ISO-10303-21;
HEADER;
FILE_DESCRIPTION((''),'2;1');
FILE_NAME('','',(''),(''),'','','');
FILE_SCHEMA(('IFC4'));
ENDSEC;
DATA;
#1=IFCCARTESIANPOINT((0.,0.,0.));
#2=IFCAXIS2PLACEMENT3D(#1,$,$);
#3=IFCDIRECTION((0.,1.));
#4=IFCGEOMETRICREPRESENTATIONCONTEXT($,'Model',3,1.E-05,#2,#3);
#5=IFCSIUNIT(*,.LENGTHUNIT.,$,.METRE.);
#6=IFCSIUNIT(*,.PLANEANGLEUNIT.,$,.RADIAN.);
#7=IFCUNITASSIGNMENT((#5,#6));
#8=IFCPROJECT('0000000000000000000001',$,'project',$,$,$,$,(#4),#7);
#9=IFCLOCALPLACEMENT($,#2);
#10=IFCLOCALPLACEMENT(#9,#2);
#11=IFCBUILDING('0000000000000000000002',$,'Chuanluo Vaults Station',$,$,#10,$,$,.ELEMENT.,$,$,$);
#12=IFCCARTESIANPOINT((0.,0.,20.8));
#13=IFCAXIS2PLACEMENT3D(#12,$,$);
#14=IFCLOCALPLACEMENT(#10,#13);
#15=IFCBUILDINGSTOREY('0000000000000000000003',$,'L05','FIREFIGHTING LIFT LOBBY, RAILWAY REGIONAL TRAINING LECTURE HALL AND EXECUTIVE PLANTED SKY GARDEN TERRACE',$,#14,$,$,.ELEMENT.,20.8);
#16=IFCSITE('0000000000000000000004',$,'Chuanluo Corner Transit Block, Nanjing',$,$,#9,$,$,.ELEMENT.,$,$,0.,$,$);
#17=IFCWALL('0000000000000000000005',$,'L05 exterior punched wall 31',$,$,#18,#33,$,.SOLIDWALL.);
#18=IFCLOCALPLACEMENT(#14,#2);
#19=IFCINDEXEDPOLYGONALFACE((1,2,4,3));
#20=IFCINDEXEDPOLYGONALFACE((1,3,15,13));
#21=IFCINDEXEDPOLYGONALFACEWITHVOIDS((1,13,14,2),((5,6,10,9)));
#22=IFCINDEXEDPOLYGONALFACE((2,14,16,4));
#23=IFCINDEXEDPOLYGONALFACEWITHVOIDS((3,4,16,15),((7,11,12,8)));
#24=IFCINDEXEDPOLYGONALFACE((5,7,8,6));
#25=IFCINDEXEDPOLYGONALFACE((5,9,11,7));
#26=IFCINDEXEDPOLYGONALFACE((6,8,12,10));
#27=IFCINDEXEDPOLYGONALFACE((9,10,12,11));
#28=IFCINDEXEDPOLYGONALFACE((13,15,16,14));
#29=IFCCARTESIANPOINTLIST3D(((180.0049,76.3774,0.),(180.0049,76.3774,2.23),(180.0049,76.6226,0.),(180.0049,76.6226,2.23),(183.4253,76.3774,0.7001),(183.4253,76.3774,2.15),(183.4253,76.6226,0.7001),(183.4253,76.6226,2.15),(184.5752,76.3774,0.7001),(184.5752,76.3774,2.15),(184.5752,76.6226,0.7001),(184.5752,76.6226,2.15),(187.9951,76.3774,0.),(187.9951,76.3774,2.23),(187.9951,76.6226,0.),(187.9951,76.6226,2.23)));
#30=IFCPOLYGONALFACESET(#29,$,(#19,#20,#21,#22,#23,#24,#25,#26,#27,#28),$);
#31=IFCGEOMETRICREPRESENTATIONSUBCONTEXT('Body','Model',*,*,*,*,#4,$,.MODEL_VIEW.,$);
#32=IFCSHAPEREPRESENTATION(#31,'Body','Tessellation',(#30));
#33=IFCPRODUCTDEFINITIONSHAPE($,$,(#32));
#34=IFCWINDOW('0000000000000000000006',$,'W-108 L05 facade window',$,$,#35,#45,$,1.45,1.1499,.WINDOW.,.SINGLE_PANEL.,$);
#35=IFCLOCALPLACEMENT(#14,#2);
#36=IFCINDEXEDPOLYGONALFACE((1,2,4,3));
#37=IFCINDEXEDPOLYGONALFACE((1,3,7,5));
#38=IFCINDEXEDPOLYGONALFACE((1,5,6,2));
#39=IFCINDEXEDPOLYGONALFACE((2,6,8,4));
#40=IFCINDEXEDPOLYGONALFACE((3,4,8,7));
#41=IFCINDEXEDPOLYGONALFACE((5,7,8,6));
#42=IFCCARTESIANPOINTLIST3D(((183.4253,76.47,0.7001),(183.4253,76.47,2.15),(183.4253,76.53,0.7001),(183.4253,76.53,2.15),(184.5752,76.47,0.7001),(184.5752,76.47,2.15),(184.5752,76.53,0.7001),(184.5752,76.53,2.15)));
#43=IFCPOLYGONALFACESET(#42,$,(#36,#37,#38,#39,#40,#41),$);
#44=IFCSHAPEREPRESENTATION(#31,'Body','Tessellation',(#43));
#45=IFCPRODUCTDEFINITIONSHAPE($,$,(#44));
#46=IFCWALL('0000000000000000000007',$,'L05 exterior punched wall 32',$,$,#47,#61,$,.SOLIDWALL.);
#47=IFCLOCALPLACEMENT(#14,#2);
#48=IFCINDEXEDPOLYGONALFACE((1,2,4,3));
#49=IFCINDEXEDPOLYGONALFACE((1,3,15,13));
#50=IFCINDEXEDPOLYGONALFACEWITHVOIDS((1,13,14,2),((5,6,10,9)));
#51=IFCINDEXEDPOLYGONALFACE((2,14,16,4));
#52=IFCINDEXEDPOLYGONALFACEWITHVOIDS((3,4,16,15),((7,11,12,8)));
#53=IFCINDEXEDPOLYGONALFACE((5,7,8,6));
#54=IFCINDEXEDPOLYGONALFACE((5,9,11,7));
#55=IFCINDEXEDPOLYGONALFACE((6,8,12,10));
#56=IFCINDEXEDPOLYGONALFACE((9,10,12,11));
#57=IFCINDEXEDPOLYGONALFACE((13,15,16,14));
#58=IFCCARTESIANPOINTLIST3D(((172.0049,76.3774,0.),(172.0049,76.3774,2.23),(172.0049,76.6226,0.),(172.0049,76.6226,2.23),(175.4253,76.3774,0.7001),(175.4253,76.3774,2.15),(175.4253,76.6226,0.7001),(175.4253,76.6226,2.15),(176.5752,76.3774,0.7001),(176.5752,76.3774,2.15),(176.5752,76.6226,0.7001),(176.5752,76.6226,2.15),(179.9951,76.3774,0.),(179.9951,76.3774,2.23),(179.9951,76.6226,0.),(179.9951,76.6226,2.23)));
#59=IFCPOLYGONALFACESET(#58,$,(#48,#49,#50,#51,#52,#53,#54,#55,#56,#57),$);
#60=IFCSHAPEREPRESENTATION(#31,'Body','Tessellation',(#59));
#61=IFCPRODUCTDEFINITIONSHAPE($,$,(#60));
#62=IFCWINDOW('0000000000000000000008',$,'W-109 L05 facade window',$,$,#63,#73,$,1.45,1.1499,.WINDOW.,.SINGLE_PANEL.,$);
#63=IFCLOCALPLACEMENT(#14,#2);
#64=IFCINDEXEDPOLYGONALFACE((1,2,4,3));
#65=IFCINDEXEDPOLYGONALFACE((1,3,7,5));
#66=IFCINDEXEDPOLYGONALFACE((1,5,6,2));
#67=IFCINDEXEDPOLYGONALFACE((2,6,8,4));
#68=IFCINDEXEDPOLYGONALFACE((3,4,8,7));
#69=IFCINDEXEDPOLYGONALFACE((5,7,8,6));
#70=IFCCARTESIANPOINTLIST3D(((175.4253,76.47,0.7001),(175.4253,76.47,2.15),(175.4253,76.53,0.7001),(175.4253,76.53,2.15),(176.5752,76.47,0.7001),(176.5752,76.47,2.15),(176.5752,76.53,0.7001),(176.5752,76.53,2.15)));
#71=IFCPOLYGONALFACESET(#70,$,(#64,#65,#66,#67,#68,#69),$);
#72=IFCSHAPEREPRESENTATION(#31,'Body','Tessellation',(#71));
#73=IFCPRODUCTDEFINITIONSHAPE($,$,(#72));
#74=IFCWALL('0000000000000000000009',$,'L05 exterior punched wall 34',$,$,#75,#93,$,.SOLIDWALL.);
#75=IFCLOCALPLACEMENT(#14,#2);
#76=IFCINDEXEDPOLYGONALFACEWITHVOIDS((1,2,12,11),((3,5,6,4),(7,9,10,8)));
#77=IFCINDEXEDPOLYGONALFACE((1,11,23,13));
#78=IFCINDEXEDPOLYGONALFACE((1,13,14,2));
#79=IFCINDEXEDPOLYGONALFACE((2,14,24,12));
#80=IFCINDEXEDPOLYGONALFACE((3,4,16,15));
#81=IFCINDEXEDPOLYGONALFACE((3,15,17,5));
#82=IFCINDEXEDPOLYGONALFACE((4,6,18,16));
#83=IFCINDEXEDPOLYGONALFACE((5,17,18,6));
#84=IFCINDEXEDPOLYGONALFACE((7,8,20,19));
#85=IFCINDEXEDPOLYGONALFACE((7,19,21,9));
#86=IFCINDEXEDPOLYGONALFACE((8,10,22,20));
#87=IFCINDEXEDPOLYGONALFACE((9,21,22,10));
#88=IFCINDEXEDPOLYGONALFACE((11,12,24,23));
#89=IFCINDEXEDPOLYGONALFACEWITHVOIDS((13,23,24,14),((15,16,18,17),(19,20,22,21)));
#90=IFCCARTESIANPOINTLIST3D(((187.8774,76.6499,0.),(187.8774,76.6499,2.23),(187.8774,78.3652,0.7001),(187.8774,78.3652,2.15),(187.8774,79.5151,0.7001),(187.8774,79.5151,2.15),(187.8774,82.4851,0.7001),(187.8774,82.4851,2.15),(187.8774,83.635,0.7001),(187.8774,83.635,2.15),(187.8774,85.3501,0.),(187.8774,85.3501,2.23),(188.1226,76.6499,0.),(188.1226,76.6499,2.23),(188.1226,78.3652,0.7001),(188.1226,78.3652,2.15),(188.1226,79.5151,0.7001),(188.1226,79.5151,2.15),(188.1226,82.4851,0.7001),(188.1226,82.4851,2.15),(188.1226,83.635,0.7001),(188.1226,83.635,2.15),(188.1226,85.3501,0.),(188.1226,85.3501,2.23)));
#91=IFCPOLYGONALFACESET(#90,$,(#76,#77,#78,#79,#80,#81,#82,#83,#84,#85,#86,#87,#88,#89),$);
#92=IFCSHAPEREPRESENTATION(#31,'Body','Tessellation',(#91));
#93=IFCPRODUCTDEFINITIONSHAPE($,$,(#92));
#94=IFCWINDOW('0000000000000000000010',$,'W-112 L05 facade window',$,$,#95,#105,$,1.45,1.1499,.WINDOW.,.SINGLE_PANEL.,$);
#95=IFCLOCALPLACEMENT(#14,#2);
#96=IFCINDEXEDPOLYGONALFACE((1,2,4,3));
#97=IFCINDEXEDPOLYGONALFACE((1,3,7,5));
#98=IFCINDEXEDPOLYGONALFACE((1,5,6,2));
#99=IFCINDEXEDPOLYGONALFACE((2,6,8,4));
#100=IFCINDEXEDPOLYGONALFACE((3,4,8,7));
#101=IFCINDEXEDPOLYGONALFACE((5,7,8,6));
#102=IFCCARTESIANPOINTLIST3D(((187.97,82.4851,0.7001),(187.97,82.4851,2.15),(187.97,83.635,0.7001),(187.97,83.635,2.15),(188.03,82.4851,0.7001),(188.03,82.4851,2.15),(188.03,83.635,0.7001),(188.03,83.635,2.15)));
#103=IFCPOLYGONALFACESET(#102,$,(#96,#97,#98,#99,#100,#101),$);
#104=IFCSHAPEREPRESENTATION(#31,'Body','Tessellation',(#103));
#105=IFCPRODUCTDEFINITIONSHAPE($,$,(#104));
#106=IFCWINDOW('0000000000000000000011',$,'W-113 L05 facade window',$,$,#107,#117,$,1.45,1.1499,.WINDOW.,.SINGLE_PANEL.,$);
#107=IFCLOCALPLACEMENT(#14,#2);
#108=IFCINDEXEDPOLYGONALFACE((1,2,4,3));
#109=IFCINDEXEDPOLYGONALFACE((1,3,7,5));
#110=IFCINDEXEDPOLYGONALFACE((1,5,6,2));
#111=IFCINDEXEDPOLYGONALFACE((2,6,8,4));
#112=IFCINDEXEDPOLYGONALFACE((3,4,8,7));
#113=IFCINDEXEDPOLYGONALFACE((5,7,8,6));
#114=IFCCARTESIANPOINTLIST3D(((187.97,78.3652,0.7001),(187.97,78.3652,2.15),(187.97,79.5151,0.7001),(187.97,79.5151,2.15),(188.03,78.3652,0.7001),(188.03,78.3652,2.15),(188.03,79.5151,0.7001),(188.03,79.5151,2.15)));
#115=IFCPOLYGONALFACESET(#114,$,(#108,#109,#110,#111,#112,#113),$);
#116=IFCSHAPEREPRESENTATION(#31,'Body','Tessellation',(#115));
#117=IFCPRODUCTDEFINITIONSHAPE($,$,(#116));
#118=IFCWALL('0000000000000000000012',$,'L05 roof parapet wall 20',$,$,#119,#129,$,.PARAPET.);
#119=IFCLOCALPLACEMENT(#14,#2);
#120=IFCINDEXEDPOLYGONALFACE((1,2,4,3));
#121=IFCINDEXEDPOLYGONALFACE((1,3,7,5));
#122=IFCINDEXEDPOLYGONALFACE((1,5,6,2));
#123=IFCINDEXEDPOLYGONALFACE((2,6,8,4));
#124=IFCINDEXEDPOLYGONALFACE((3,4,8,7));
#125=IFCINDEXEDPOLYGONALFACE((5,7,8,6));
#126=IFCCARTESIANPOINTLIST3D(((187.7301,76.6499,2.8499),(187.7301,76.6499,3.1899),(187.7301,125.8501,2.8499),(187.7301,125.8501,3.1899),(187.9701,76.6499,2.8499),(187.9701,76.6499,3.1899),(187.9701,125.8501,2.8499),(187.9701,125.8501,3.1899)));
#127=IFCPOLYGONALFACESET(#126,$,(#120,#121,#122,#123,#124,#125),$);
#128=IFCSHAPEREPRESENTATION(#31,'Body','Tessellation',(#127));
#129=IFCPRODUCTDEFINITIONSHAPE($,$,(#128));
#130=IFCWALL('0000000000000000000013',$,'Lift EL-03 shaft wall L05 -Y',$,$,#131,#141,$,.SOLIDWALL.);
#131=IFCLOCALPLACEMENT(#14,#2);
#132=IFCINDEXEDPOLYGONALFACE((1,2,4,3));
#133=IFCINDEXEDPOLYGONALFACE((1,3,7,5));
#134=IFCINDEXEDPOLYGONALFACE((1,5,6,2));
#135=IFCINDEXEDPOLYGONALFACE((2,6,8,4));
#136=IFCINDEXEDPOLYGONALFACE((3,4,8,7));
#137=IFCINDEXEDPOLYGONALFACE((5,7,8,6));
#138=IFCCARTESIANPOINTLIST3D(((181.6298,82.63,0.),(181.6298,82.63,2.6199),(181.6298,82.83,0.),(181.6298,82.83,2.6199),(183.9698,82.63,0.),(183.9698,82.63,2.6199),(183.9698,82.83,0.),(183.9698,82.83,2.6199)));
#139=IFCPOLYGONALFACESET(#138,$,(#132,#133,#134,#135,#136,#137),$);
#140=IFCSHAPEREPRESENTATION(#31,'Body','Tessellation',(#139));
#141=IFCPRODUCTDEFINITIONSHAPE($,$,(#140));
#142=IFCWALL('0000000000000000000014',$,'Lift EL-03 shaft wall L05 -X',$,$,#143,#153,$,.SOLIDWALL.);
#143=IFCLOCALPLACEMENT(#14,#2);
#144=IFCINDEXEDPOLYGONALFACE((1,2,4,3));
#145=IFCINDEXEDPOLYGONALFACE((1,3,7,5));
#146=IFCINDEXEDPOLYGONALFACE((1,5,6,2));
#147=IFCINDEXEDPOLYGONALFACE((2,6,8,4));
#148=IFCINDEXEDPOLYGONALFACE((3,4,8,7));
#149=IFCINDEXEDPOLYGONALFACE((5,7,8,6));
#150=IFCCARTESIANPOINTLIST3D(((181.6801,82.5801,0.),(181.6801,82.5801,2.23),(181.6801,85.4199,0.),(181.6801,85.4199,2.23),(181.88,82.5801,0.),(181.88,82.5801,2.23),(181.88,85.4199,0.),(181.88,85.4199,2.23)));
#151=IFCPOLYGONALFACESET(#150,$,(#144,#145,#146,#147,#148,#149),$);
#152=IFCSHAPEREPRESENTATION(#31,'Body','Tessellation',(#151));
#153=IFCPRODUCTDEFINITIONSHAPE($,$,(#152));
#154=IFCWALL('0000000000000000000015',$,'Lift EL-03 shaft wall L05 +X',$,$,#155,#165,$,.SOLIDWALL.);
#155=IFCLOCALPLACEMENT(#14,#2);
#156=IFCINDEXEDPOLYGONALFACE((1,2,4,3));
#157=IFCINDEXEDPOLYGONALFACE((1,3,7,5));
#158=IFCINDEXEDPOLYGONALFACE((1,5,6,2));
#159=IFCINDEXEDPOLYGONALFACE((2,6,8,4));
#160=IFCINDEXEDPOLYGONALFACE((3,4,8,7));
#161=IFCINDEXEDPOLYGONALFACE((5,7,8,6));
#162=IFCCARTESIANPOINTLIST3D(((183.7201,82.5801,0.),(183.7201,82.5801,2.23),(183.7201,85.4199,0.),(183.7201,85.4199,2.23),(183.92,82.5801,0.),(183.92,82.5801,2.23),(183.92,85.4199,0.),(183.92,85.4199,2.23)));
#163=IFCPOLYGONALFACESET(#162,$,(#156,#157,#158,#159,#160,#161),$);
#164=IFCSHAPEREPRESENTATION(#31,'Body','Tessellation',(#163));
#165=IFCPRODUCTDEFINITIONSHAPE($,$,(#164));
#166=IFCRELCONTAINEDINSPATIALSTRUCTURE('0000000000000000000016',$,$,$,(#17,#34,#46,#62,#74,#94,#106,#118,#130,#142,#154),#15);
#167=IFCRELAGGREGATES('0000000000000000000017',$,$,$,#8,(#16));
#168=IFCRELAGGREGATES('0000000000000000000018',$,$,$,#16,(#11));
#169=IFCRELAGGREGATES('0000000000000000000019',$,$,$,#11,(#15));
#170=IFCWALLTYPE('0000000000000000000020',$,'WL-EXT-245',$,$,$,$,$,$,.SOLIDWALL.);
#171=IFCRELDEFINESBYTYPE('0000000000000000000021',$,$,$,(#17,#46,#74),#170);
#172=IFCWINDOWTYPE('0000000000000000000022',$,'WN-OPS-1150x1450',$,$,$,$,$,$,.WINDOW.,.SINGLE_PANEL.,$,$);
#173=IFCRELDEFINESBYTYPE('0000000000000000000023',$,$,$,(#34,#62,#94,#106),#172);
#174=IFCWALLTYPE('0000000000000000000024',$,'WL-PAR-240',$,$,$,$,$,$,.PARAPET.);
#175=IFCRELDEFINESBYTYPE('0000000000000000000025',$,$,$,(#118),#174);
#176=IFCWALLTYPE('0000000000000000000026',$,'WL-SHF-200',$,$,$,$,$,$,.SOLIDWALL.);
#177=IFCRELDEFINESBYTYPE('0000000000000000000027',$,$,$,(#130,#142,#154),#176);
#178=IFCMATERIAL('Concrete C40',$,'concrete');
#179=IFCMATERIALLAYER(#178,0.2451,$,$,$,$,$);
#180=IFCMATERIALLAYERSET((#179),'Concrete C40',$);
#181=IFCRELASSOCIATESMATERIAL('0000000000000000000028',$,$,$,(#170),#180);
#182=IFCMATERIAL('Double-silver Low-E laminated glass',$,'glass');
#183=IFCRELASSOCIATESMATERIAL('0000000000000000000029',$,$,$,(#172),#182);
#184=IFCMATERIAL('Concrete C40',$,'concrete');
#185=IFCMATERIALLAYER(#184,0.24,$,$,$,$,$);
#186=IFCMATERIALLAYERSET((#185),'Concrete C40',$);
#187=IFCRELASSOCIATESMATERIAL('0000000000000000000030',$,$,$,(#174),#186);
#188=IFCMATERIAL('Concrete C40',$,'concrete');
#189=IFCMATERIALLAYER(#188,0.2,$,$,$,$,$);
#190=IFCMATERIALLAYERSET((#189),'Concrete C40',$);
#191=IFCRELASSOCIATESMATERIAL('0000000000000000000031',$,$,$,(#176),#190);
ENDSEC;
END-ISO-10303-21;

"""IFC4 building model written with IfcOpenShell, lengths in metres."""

from ifc_helpers import new_model, si_unit, direction, frame, frame_2d, origin, place, context, subcontext, project, spatial, rectangle, extrude, material, layer, layer_set, type_object, element, fill, save


model = new_model("IFC4")

# Units and contexts
model_context = context("Model", 3, precision=1e-05, world=origin(), true_north=direction((0.0, 1.0)))
body_context = subcontext(model_context, "Body", "Model", "MODEL_VIEW")
ifc_project = project(units=[si_unit("LENGTHUNIT", "METRE"), si_unit("PLANEANGLEUNIT", "RADIAN")], contexts=[model_context])

# Site, building, storey
site_placement = place(None, origin())
site = spatial("IfcSite", under=ifc_project, at=site_placement, Name="Chuanluo Corner Transit Block, Nanjing", CompositionType="ELEMENT", RefElevation=0.0)
building_placement = place(site_placement, origin())
building = spatial("IfcBuilding", under=site, at=building_placement, Name="Chuanluo Vaults Station", CompositionType="ELEMENT")
storey_placement = place(building_placement, frame((0.0, 0.0, 20.8)))
storey = spatial("IfcBuildingStorey", under=building, at=storey_placement, Name="L05", Description="FIREFIGHTING LIFT LOBBY, RAILWAY REGIONAL TRAINING LECTURE HALL AND EXECUTIVE PLANTED SKY GARDEN TERRACE", CompositionType="ELEMENT", Elevation=20.8)

# Walls, openings, windows
ifc_material_1 = material(Name="Concrete C40", Category="concrete")
ifc_layer_1 = layer(ifc_material_1, 0.2451)
ifc_layer_set_1 = layer_set([ifc_layer_1], Name="Concrete C40")
wall_type_1 = type_object("IfcWallType", Name="WL-EXT-245", PredefinedType="SOLIDWALL", material=ifc_layer_set_1)
wall_1_placement = place(storey_placement, frame((187.9951, 76.5, 0.0), z_axis=(0.0, 0.0, 1.0), x_axis=(-1.0, 0.0, 0.0)))
wall_1 = element("IfcWall", 1, at=wall_1_placement, inside=storey, type_object=wall_type_1, Name="L05 exterior punched wall 31", PredefinedType="SOLIDWALL", context=body_context, shape_type="SweptSolid", body=[
    extrude(rectangle(XDim=7.9902, YDim=0.2451, at=frame_2d((3.9951, 0.0))), origin(), (0.0, 0.0, 1.0), 2.23),
])
opening_1_placement = place(wall_1_placement, frame((3.4199, 0.0, 0.7)))
opening_1 = element("IfcOpeningElement", 2, at=opening_1_placement, cuts=wall_1, PredefinedType="OPENING", context=body_context, shape_type="SweptSolid", body=[
    extrude(rectangle(XDim=1.1499, YDim=1.45, at=frame_2d((0.575, 0.7251))), frame((0.0, 0.1326, 0.0), z_axis=(0.0, -1.0, 0.0), x_axis=(1.0, 0.0, 0.0)), (0.0, 0.0, 1.0), 0.2651),
])
ifc_material_2 = material(Name="Double-silver Low-E laminated glass", Category="glass")
window_type = type_object("IfcWindowType", Name="WN-OPS-1150x1450", PartitioningType="SINGLE_PANEL", PredefinedType="WINDOW", material=ifc_material_2)
window_1_placement = place(opening_1_placement, origin())
window_1 = element("IfcWindow", 3, at=window_1_placement, inside=storey, type_object=window_type, Name="W-108 L05 facade window", OverallHeight=1.45, OverallWidth=1.1499, PartitioningType="SINGLE_PANEL", PredefinedType="WINDOW", context=body_context, shape_type="SweptSolid", body=[
    extrude(rectangle(XDim=1.1499, YDim=1.45, at=frame_2d((0.575, 0.7251))), frame((0.0, 0.03, 0.0), z_axis=(0.0, -1.0, 0.0), x_axis=(1.0, 0.0, 0.0)), (0.0, 0.0, 1.0), 0.0601),
])
fill(opening_1, window_1)
wall_2_placement = place(storey_placement, frame((179.9951, 76.5, 0.0), z_axis=(0.0, 0.0, 1.0), x_axis=(-1.0, 0.0, 0.0)))
wall_2 = element("IfcWall", 4, at=wall_2_placement, inside=storey, type_object=wall_type_1, Name="L05 exterior punched wall 32", PredefinedType="SOLIDWALL", context=body_context, shape_type="SweptSolid", body=[
    extrude(rectangle(XDim=7.9902, YDim=0.2451, at=frame_2d((3.9951, 0.0))), origin(), (0.0, 0.0, 1.0), 2.23),
])
opening_2_placement = place(wall_2_placement, frame((3.4199, 0.0, 0.7)))
opening_2 = element("IfcOpeningElement", 5, at=opening_2_placement, cuts=wall_2, PredefinedType="OPENING", context=body_context, shape_type="SweptSolid", body=[
    extrude(rectangle(XDim=1.1499, YDim=1.45, at=frame_2d((0.575, 0.7251))), frame((0.0, 0.1326, 0.0), z_axis=(0.0, -1.0, 0.0), x_axis=(1.0, 0.0, 0.0)), (0.0, 0.0, 1.0), 0.2651),
])
window_2_placement = place(opening_2_placement, origin())
window_2 = element("IfcWindow", 6, at=window_2_placement, inside=storey, type_object=window_type, Name="W-109 L05 facade window", OverallHeight=1.45, OverallWidth=1.1499, PartitioningType="SINGLE_PANEL", PredefinedType="WINDOW", context=body_context, shape_type="SweptSolid", body=[
    extrude(rectangle(XDim=1.1499, YDim=1.45, at=frame_2d((0.575, 0.7251))), frame((0.0, 0.03, 0.0), z_axis=(0.0, -1.0, 0.0), x_axis=(1.0, 0.0, 0.0)), (0.0, 0.0, 1.0), 0.0601),
])
fill(opening_2, window_2)

# Wall, openings, windows
wall_3_placement = place(storey_placement, frame((188.0, 85.3501, 0.0), z_axis=(0.0, 0.0, 1.0), x_axis=(0.0, -1.0, 0.0)))
wall_3 = element("IfcWall", 7, at=wall_3_placement, inside=storey, type_object=wall_type_1, Name="L05 exterior punched wall 34", PredefinedType="SOLIDWALL", context=body_context, shape_type="SweptSolid", body=[
    extrude(rectangle(XDim=8.7002, YDim=0.2451, at=frame_2d((4.3501, 0.0))), origin(), (0.0, 0.0, 1.0), 2.23),
])
opening_3_placement = place(wall_3_placement, frame((1.7151, 0.0, 0.7)))
opening_3 = element("IfcOpeningElement", 8, at=opening_3_placement, cuts=wall_3, PredefinedType="OPENING", context=body_context, shape_type="SweptSolid", body=[
    extrude(rectangle(XDim=1.1499, YDim=1.45, at=frame_2d((0.575, 0.7251))), frame((0.0, 0.1326, 0.0), z_axis=(0.0, -1.0, 0.0), x_axis=(1.0, 0.0, 0.0)), (0.0, 0.0, 1.0), 0.2651),
])
opening_4_placement = place(wall_3_placement, frame((5.835, 0.0, 0.7)))
opening_4 = element("IfcOpeningElement", 9, at=opening_4_placement, cuts=wall_3, PredefinedType="OPENING", context=body_context, shape_type="SweptSolid", body=[
    extrude(rectangle(XDim=1.1499, YDim=1.45, at=frame_2d((0.575, 0.7251))), frame((0.0, 0.1326, 0.0), z_axis=(0.0, -1.0, 0.0), x_axis=(1.0, 0.0, 0.0)), (0.0, 0.0, 1.0), 0.2651),
])
window_3_placement = place(opening_3_placement, origin())
window_3 = element("IfcWindow", 10, at=window_3_placement, inside=storey, type_object=window_type, Name="W-112 L05 facade window", OverallHeight=1.45, OverallWidth=1.1499, PartitioningType="SINGLE_PANEL", PredefinedType="WINDOW", context=body_context, shape_type="SweptSolid", body=[
    extrude(rectangle(XDim=1.1499, YDim=1.45, at=frame_2d((0.575, 0.7251))), frame((0.0, 0.03, 0.0), z_axis=(0.0, -1.0, 0.0), x_axis=(1.0, 0.0, 0.0)), (0.0, 0.0, 1.0), 0.0601),
])
fill(opening_3, window_3)
window_4_placement = place(opening_4_placement, origin())
window_4 = element("IfcWindow", 11, at=window_4_placement, inside=storey, type_object=window_type, Name="W-113 L05 facade window", OverallHeight=1.45, OverallWidth=1.1499, PartitioningType="SINGLE_PANEL", PredefinedType="WINDOW", context=body_context, shape_type="SweptSolid", body=[
    extrude(rectangle(XDim=1.1499, YDim=1.45, at=frame_2d((0.575, 0.7251))), frame((0.0, 0.03, 0.0), z_axis=(0.0, -1.0, 0.0), x_axis=(1.0, 0.0, 0.0)), (0.0, 0.0, 1.0), 0.0601),
])
fill(opening_4, window_4)

# Walls
ifc_material_3 = material(Name="Concrete C40", Category="concrete")
ifc_layer_2 = layer(ifc_material_3, 0.24)
ifc_layer_set_2 = layer_set([ifc_layer_2], Name="Concrete C40")
wall_type_2 = type_object("IfcWallType", Name="WL-PAR-240", PredefinedType="PARAPET", material=ifc_layer_set_2)
wall_4_placement = place(storey_placement, frame((187.8501, 76.6499, 2.8499), z_axis=(0.0, 0.0, 1.0), x_axis=(0.0, 1.0, 0.0)))
element("IfcWall", 12, at=wall_4_placement, inside=storey, type_object=wall_type_2, Name="L05 roof parapet wall 20", PredefinedType="PARAPET", context=body_context, shape_type="SweptSolid", body=[
    extrude(rectangle(XDim=49.2002, YDim=0.24, at=frame_2d((24.6001, 0.0))), origin(), (0.0, 0.0, 1.0), 0.3401),
])
ifc_material_4 = material(Name="Concrete C40", Category="concrete")
ifc_layer_3 = layer(ifc_material_4, 0.2)
ifc_layer_set_3 = layer_set([ifc_layer_3], Name="Concrete C40")
wall_type_3 = type_object("IfcWallType", Name="WL-SHF-200", PredefinedType="SOLIDWALL", material=ifc_layer_set_3)
wall_5_placement = place(storey_placement, frame((181.6299, 82.73, 0.0), z_axis=(0.0, 0.0, 1.0), x_axis=(1.0, 0.0, 0.0)))
element("IfcWall", 13, at=wall_5_placement, inside=storey, type_object=wall_type_3, Name="Lift EL-03 shaft wall L05 -Y", PredefinedType="SOLIDWALL", context=body_context, shape_type="SweptSolid", body=[
    extrude(rectangle(XDim=2.3401, YDim=0.2, at=frame_2d((1.1699, 0.0))), origin(), (0.0, 0.0, 1.0), 2.6199),
])

# Walls
for number, where, z_axis, x_axis, name in (
    (14, (181.78, 85.4199, 0.0), (0.0, 0.0, 1.0), (0.0, -1.0, 0.0), "Lift EL-03 shaft wall L05 -X"),
    (15, (183.8201, 82.5801, 0.0), (0.0, 0.0, 1.0), (0.0, 1.0, 0.0), "Lift EL-03 shaft wall L05 +X"),
):
    element("IfcWall", number, at=place(storey_placement, frame(where, z_axis=z_axis, x_axis=x_axis)), inside=storey, type_object=wall_type_3, Name=name, PredefinedType="SOLIDWALL", context=body_context, shape_type="SweptSolid", body=[
        extrude(rectangle(XDim=2.8398, YDim=0.2, at=frame_2d((1.4199, 0.0))), origin(), (0.0, 0.0, 1.0), 2.23),
    ])

save(model, "model.ifc")
